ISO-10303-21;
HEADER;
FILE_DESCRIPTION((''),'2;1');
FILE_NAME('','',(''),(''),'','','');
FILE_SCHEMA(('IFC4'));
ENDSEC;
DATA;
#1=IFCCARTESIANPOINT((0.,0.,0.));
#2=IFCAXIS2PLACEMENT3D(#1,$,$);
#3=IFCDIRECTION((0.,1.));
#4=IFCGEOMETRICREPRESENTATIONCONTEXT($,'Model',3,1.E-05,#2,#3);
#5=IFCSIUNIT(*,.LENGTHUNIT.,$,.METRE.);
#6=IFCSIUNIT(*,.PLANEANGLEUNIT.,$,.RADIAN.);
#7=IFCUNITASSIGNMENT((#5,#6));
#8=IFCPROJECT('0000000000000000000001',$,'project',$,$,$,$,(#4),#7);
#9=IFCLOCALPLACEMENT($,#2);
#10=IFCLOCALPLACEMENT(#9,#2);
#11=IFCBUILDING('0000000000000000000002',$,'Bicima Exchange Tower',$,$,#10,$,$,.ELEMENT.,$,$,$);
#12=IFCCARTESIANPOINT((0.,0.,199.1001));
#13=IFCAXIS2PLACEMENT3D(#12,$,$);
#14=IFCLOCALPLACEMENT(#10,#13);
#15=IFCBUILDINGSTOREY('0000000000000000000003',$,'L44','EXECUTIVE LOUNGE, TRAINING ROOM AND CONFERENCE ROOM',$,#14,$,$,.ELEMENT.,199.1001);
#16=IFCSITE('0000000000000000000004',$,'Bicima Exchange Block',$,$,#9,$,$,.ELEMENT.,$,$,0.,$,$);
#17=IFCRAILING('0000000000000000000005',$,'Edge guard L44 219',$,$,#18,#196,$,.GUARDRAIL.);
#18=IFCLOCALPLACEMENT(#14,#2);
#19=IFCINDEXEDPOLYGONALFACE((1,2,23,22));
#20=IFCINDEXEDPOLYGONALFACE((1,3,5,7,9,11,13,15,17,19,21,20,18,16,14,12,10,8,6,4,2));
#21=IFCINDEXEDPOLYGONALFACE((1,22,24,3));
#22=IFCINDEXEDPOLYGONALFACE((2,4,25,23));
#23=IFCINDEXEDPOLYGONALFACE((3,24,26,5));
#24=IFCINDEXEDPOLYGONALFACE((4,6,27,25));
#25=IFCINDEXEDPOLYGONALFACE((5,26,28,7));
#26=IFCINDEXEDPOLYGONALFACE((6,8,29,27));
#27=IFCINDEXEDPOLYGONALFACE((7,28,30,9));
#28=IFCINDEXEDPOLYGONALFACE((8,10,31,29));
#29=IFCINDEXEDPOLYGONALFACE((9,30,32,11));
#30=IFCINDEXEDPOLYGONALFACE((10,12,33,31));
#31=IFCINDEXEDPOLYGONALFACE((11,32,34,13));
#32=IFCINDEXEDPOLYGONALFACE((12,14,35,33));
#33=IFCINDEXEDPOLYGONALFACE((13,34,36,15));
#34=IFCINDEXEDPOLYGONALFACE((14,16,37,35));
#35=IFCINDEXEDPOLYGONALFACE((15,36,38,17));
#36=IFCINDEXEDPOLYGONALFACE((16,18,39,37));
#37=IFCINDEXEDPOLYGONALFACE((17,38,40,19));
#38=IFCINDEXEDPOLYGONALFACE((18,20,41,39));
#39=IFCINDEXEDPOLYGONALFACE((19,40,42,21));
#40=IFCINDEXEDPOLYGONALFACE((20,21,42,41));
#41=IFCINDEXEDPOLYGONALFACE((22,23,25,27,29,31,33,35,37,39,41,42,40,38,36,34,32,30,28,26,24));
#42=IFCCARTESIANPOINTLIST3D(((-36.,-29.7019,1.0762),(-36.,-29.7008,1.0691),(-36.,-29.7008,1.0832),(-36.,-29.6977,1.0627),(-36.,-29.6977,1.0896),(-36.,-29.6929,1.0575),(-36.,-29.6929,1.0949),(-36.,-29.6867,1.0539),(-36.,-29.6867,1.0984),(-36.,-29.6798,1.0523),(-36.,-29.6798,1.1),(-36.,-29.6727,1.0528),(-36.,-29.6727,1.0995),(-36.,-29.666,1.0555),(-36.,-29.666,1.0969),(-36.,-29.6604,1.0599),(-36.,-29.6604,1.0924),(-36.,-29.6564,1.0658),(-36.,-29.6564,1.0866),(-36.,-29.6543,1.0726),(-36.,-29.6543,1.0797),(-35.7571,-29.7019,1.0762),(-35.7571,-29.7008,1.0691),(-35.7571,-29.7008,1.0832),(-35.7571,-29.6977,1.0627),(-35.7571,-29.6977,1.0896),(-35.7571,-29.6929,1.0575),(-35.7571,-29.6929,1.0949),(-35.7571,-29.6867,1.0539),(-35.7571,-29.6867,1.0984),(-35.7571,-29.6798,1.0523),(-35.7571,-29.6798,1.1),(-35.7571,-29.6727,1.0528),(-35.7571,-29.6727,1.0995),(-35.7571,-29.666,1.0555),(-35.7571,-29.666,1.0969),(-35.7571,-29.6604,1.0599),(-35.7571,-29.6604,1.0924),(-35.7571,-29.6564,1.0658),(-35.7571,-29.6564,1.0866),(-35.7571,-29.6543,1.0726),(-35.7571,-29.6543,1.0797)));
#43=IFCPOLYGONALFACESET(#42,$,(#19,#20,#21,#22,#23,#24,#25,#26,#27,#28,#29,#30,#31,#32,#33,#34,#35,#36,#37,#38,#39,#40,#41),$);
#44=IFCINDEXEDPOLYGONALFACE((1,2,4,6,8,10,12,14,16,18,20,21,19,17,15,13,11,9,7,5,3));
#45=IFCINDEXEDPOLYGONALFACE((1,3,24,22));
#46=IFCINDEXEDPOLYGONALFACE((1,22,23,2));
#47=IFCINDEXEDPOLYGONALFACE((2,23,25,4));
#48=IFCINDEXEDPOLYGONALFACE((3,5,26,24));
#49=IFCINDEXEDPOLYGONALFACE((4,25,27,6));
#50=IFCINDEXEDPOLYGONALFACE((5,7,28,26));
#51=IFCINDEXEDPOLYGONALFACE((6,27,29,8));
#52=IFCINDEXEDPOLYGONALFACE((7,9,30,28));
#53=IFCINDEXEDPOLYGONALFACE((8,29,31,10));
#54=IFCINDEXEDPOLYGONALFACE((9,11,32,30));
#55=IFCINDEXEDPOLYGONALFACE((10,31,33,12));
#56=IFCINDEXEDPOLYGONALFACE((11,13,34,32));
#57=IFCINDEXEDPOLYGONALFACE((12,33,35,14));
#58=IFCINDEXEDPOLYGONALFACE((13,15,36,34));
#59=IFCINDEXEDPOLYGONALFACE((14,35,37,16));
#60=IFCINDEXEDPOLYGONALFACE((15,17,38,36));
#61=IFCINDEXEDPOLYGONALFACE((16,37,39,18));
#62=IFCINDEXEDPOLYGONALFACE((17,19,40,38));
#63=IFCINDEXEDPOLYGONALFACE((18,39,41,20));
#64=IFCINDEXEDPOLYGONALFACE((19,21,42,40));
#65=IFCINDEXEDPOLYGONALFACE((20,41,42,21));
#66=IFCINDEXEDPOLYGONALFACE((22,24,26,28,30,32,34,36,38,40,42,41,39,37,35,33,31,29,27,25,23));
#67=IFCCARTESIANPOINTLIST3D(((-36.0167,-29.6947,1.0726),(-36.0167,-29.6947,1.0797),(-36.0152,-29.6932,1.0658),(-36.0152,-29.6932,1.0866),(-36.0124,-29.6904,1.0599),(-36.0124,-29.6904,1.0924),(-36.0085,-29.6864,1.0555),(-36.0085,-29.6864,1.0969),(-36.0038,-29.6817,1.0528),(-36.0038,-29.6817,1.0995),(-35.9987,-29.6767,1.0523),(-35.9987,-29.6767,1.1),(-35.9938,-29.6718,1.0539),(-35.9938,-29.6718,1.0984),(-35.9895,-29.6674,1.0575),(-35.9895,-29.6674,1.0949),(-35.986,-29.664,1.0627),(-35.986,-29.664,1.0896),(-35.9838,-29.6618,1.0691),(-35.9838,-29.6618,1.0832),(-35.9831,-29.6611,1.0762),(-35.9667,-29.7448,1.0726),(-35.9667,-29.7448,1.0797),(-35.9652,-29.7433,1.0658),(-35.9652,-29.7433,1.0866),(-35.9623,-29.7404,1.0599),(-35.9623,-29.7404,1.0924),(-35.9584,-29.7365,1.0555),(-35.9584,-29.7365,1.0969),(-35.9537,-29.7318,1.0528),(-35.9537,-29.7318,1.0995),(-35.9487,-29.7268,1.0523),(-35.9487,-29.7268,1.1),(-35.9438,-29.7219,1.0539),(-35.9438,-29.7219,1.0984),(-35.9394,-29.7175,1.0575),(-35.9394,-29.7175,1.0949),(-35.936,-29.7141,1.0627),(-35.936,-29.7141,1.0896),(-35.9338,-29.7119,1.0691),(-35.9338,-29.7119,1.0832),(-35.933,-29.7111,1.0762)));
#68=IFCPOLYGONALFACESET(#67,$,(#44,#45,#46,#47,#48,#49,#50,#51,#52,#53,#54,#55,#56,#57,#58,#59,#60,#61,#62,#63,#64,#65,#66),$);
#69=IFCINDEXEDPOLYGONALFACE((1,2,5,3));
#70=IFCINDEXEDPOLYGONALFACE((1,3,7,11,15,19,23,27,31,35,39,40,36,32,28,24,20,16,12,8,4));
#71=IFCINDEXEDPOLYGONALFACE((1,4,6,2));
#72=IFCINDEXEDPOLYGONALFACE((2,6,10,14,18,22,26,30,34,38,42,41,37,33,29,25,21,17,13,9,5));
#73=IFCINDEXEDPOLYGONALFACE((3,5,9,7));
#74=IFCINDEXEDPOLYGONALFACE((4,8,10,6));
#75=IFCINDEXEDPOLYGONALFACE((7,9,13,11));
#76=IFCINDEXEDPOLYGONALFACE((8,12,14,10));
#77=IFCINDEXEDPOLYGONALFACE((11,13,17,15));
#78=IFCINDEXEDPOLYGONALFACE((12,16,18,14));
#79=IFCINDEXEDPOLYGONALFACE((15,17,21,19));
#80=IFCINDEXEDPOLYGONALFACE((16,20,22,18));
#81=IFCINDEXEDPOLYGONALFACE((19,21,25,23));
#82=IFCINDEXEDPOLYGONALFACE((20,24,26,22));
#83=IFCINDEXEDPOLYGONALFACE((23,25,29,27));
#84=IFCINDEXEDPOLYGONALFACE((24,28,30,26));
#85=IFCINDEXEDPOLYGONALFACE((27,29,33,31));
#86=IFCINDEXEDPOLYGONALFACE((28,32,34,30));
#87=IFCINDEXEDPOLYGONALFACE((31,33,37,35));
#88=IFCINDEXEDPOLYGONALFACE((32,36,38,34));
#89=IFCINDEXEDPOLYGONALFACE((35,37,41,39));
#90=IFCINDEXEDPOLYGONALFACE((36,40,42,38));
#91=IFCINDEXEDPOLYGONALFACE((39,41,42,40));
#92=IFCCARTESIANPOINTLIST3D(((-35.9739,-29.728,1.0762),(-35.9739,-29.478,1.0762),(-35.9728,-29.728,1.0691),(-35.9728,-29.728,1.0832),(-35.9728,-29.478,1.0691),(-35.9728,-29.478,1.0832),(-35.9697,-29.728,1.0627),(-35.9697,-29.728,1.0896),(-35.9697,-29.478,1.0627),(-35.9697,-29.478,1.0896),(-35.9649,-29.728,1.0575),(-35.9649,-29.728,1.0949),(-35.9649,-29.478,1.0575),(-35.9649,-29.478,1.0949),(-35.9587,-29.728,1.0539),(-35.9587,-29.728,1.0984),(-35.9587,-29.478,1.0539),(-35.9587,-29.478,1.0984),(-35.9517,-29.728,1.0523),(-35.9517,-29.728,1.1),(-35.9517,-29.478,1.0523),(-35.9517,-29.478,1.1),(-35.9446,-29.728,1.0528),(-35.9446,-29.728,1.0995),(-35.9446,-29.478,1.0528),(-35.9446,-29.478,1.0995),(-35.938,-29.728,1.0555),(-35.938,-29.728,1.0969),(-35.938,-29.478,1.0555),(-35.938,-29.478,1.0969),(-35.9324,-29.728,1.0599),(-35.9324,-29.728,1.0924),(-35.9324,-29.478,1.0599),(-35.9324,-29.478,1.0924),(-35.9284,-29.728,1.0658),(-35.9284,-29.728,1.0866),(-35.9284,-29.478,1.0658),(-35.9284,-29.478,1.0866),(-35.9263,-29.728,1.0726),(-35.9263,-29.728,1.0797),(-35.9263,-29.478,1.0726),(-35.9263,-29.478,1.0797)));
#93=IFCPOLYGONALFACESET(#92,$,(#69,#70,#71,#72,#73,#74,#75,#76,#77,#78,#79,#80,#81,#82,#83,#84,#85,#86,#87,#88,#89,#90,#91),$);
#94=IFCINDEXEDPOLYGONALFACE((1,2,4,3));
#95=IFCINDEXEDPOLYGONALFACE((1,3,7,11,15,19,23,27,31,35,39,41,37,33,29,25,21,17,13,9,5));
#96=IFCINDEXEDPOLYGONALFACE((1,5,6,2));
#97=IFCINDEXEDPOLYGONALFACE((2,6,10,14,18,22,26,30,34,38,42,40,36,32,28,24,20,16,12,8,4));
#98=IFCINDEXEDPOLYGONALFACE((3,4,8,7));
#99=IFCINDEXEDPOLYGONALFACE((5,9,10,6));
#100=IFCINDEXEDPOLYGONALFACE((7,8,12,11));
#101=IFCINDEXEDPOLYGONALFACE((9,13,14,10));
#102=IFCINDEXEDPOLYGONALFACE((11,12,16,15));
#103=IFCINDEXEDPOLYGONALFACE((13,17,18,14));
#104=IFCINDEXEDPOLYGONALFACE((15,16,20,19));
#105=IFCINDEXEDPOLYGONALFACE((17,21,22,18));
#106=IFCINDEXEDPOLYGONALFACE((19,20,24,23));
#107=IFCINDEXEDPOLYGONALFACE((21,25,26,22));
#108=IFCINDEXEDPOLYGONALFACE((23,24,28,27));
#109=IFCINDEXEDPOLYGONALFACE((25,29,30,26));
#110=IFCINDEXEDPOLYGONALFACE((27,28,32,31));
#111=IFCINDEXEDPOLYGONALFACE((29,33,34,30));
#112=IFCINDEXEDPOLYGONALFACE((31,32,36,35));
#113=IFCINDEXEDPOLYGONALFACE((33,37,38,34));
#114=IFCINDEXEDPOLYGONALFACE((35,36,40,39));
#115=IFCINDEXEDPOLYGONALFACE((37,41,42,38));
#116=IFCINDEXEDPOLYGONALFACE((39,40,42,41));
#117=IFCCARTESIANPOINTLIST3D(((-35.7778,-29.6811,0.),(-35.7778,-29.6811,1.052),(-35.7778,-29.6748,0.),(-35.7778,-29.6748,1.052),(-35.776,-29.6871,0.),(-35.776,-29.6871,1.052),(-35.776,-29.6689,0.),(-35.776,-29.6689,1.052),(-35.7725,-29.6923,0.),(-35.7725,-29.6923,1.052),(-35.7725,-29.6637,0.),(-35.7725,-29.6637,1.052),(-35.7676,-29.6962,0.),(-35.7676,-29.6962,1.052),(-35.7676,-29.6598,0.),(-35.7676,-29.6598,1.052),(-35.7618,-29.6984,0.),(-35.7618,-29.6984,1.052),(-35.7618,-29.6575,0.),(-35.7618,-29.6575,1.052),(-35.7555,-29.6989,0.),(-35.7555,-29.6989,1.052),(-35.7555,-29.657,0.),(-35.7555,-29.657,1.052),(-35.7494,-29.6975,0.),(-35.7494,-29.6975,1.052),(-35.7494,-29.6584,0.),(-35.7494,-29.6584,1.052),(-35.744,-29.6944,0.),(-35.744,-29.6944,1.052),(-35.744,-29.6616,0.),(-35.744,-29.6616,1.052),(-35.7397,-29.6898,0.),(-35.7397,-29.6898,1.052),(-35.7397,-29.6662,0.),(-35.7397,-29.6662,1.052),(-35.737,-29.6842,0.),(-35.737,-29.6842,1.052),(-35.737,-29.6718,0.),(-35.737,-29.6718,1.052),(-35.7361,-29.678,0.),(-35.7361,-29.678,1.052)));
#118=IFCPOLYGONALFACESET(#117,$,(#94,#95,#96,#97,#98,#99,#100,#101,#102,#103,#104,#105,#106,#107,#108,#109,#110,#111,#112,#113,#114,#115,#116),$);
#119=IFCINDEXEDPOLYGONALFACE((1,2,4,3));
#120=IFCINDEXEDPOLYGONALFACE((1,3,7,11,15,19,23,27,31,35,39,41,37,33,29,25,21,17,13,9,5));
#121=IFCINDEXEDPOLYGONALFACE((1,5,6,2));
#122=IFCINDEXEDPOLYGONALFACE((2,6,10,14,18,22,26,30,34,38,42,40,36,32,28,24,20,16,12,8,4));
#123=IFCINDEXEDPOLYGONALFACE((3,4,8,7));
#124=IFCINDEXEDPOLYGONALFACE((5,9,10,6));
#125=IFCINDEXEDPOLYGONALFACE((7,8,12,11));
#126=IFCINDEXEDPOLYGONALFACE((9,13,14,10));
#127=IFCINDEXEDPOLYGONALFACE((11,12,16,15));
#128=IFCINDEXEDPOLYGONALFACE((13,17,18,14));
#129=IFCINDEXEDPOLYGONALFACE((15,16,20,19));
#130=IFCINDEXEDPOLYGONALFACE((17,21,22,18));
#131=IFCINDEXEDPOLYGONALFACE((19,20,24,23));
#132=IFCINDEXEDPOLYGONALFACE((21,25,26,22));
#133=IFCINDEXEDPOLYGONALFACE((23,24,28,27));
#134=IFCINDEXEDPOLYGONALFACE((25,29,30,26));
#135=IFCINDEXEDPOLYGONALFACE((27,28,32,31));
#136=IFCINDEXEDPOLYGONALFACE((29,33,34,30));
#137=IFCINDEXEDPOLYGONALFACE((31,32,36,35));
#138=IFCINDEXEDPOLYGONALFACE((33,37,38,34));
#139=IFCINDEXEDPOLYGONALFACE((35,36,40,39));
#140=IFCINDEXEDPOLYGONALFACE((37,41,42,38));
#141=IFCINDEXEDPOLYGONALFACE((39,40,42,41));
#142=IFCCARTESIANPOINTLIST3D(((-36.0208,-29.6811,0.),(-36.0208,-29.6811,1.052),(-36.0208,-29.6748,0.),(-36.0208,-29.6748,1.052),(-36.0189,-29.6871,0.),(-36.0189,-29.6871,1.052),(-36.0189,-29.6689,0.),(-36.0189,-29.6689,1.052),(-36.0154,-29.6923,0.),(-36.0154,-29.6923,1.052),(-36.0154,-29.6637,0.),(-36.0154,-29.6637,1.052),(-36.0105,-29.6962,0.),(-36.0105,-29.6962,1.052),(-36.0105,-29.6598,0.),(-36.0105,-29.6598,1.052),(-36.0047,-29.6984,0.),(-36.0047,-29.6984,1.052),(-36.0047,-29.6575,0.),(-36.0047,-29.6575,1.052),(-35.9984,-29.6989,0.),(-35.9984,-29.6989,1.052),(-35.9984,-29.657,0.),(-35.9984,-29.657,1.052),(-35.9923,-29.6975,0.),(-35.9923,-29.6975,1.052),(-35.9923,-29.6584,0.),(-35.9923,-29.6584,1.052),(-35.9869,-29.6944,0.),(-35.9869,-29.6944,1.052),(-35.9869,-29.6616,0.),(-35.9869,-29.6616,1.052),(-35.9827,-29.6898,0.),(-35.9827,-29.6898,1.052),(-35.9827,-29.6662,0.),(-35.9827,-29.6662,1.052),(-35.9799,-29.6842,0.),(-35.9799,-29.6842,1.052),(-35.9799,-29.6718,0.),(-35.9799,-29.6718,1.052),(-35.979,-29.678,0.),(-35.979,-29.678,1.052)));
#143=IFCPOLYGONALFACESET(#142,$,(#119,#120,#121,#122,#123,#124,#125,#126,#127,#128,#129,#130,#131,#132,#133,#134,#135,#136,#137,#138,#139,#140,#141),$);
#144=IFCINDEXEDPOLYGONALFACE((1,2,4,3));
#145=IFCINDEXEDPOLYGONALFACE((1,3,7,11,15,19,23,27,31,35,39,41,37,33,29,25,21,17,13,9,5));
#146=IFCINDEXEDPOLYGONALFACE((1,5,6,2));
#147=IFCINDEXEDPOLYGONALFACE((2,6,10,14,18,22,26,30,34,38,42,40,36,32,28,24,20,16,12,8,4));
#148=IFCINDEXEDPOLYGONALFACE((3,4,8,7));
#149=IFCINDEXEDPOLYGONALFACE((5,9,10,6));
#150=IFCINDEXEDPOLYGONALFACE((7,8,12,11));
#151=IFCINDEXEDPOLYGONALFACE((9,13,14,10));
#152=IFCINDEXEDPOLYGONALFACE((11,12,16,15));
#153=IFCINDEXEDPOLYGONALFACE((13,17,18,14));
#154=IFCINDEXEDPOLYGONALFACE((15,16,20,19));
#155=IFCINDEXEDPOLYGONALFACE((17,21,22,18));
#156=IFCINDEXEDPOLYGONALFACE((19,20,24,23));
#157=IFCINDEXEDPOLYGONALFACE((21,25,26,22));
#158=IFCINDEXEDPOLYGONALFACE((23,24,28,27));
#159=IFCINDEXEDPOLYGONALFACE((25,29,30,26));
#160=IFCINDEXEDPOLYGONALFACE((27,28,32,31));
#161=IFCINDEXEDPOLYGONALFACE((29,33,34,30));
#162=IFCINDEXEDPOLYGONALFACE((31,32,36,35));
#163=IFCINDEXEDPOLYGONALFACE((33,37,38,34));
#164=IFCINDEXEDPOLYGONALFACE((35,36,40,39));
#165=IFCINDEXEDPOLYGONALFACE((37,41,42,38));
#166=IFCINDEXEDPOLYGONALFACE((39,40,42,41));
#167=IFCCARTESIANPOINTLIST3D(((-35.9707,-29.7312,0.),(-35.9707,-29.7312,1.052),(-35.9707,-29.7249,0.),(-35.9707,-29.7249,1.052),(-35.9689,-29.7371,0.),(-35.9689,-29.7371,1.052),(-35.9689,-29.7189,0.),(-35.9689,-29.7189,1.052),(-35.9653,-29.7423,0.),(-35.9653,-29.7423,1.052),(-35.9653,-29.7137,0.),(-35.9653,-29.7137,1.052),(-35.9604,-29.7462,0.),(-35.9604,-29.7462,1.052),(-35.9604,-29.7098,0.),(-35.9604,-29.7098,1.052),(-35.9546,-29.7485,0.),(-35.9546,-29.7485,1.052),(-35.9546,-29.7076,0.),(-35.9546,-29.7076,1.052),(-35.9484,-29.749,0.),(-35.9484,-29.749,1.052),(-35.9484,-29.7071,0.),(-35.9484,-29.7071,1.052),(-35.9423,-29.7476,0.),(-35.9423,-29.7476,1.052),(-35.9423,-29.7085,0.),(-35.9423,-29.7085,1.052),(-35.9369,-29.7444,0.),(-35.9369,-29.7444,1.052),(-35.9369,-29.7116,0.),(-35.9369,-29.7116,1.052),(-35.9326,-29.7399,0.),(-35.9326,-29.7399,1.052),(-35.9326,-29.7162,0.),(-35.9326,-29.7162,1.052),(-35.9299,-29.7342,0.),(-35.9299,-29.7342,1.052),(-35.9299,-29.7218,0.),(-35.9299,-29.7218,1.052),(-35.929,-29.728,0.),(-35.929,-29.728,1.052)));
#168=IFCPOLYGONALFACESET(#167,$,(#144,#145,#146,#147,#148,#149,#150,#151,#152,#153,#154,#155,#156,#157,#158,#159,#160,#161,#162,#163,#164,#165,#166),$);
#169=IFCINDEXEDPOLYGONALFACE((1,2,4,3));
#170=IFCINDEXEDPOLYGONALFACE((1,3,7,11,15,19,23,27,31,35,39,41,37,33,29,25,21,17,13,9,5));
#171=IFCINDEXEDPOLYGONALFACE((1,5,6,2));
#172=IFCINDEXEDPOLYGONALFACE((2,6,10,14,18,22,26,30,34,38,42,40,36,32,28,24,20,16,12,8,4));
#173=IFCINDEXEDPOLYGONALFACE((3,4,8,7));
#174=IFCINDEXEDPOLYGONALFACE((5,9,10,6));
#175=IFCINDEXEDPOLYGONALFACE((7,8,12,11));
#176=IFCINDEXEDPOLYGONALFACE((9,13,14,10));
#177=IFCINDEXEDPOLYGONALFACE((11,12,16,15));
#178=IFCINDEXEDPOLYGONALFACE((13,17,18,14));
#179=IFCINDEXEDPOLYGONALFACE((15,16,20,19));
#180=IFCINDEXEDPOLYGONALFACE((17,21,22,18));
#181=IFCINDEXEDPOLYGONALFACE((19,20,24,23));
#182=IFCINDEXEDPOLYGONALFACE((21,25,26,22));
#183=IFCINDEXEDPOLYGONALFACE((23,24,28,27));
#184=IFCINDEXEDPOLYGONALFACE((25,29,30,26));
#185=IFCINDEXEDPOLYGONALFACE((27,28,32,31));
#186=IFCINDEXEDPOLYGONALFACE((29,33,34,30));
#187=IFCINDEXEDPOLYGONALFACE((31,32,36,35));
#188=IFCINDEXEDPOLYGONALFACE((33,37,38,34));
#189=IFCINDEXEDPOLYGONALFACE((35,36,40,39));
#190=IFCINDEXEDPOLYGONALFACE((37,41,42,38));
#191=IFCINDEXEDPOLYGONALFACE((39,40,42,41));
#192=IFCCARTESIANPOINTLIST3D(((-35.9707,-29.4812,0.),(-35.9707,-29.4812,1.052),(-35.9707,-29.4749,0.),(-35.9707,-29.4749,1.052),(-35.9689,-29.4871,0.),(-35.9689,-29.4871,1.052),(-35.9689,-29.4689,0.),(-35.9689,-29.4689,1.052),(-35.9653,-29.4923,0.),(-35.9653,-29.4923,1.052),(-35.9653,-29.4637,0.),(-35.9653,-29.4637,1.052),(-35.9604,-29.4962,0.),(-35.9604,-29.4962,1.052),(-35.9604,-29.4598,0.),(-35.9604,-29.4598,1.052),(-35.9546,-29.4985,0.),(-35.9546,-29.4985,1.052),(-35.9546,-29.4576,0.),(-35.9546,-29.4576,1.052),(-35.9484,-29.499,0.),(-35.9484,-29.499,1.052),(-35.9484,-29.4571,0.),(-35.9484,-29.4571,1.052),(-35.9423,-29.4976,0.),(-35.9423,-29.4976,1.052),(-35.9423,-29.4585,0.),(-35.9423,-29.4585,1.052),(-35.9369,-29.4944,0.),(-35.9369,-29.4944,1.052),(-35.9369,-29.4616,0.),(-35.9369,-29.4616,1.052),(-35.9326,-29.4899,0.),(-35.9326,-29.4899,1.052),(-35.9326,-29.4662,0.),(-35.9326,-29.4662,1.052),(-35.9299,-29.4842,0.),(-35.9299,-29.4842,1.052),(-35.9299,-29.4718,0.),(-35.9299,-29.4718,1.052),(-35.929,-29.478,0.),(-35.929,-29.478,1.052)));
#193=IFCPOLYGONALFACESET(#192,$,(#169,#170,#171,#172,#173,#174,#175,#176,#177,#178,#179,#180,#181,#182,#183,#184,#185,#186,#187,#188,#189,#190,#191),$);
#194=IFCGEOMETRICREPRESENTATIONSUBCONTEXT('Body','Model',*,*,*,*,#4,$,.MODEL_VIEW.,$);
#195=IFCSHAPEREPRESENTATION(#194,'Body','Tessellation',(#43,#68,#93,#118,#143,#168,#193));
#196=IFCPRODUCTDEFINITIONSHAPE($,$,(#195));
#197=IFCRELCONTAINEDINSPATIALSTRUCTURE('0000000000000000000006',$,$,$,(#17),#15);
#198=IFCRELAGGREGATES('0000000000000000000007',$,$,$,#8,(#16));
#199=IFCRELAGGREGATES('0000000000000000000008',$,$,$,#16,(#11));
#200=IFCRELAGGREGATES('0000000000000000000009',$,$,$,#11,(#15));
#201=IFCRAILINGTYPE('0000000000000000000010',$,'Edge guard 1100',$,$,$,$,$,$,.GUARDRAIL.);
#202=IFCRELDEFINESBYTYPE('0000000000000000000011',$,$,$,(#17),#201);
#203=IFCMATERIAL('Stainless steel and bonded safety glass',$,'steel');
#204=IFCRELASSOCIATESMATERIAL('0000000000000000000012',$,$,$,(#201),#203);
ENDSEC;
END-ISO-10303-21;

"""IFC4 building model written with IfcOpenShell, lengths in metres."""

from ifc_helpers import new_model, si_unit, direction, frame, origin, origin_2d, place, context, subcontext, project, spatial, circle, extrude, material, type_object, element, save


model = new_model("IFC4")

# Units and contexts
model_context = context("Model", 3, precision=1e-05, world=origin(), true_north=direction((0.0, 1.0)))
body_context = subcontext(model_context, "Body", "Model", "MODEL_VIEW")
ifc_project = project(units=[si_unit("LENGTHUNIT", "METRE"), si_unit("PLANEANGLEUNIT", "RADIAN")], contexts=[model_context])

# Site, building, storey
site_placement = place(None, origin())
site = spatial("IfcSite", under=ifc_project, at=site_placement, Name="Bicima Exchange Block", CompositionType="ELEMENT", RefElevation=0.0)
building_placement = place(site_placement, origin())
building = spatial("IfcBuilding", under=site, at=building_placement, Name="Bicima Exchange Tower", CompositionType="ELEMENT")
storey_placement = place(building_placement, frame((0.0, 0.0, 199.1001)))
storey = spatial("IfcBuildingStorey", under=building, at=storey_placement, Name="L44", Description="EXECUTIVE LOUNGE, TRAINING ROOM AND CONFERENCE ROOM", CompositionType="ELEMENT", Elevation=199.1001)

# Railing
ifc_material_1 = material(Name="Stainless steel and bonded safety glass", Category="steel")
railing_type = type_object("IfcRailingType", Name="Edge guard 1100", PredefinedType="GUARDRAIL", material=ifc_material_1)
railing_1_placement = place(storey_placement, frame((-35.7571, -29.678, 0.0)))
element("IfcRailing", 1, at=railing_1_placement, inside=storey, type_object=railing_type, Name="Edge guard L44 219", PredefinedType="GUARDRAIL", context=body_context, shape_type="SweptSolid", body=[
    extrude(circle(Radius=0.0239, at=origin_2d()), frame((0.0, 0.0, 1.0762), z_axis=(-1.0, 0.0, 0.0), x_axis=(0.0, -1.0, 0.0)), (0.0, 0.0, 1.0), 0.2429),
    extrude(circle(Radius=0.0239, at=origin_2d()), frame((-0.2429, 0.0, 1.0762), z_axis=(0.707107, -0.707107, 0.0), x_axis=(0.707107, 0.707107, 0.0)), (0.0, 0.0, 1.0), 0.0708),
    extrude(circle(Radius=0.0239, at=origin_2d()), frame((-0.1929, -0.05, 1.0762), z_axis=(0.0, 1.0, 0.0), x_axis=(-1.0, 0.0, 0.0)), (0.0, 0.0, 1.0), 0.25),
    extrude(circle(Radius=0.021, at=origin_2d()), origin(), (0.0, 0.0, 1.0), 1.052),
    extrude(circle(Radius=0.021, at=origin_2d()), frame((-0.2429, 0.0, 0.0)), (0.0, 0.0, 1.0), 1.052),
    extrude(circle(Radius=0.021, at=origin_2d()), frame((-0.1929, -0.05, 0.0)), (0.0, 0.0, 1.0), 1.052),
    extrude(circle(Radius=0.021, at=origin_2d()), frame((-0.1929, 0.2, 0.0)), (0.0, 0.0, 1.0), 1.052),
])

save(model, "model.ifc")
